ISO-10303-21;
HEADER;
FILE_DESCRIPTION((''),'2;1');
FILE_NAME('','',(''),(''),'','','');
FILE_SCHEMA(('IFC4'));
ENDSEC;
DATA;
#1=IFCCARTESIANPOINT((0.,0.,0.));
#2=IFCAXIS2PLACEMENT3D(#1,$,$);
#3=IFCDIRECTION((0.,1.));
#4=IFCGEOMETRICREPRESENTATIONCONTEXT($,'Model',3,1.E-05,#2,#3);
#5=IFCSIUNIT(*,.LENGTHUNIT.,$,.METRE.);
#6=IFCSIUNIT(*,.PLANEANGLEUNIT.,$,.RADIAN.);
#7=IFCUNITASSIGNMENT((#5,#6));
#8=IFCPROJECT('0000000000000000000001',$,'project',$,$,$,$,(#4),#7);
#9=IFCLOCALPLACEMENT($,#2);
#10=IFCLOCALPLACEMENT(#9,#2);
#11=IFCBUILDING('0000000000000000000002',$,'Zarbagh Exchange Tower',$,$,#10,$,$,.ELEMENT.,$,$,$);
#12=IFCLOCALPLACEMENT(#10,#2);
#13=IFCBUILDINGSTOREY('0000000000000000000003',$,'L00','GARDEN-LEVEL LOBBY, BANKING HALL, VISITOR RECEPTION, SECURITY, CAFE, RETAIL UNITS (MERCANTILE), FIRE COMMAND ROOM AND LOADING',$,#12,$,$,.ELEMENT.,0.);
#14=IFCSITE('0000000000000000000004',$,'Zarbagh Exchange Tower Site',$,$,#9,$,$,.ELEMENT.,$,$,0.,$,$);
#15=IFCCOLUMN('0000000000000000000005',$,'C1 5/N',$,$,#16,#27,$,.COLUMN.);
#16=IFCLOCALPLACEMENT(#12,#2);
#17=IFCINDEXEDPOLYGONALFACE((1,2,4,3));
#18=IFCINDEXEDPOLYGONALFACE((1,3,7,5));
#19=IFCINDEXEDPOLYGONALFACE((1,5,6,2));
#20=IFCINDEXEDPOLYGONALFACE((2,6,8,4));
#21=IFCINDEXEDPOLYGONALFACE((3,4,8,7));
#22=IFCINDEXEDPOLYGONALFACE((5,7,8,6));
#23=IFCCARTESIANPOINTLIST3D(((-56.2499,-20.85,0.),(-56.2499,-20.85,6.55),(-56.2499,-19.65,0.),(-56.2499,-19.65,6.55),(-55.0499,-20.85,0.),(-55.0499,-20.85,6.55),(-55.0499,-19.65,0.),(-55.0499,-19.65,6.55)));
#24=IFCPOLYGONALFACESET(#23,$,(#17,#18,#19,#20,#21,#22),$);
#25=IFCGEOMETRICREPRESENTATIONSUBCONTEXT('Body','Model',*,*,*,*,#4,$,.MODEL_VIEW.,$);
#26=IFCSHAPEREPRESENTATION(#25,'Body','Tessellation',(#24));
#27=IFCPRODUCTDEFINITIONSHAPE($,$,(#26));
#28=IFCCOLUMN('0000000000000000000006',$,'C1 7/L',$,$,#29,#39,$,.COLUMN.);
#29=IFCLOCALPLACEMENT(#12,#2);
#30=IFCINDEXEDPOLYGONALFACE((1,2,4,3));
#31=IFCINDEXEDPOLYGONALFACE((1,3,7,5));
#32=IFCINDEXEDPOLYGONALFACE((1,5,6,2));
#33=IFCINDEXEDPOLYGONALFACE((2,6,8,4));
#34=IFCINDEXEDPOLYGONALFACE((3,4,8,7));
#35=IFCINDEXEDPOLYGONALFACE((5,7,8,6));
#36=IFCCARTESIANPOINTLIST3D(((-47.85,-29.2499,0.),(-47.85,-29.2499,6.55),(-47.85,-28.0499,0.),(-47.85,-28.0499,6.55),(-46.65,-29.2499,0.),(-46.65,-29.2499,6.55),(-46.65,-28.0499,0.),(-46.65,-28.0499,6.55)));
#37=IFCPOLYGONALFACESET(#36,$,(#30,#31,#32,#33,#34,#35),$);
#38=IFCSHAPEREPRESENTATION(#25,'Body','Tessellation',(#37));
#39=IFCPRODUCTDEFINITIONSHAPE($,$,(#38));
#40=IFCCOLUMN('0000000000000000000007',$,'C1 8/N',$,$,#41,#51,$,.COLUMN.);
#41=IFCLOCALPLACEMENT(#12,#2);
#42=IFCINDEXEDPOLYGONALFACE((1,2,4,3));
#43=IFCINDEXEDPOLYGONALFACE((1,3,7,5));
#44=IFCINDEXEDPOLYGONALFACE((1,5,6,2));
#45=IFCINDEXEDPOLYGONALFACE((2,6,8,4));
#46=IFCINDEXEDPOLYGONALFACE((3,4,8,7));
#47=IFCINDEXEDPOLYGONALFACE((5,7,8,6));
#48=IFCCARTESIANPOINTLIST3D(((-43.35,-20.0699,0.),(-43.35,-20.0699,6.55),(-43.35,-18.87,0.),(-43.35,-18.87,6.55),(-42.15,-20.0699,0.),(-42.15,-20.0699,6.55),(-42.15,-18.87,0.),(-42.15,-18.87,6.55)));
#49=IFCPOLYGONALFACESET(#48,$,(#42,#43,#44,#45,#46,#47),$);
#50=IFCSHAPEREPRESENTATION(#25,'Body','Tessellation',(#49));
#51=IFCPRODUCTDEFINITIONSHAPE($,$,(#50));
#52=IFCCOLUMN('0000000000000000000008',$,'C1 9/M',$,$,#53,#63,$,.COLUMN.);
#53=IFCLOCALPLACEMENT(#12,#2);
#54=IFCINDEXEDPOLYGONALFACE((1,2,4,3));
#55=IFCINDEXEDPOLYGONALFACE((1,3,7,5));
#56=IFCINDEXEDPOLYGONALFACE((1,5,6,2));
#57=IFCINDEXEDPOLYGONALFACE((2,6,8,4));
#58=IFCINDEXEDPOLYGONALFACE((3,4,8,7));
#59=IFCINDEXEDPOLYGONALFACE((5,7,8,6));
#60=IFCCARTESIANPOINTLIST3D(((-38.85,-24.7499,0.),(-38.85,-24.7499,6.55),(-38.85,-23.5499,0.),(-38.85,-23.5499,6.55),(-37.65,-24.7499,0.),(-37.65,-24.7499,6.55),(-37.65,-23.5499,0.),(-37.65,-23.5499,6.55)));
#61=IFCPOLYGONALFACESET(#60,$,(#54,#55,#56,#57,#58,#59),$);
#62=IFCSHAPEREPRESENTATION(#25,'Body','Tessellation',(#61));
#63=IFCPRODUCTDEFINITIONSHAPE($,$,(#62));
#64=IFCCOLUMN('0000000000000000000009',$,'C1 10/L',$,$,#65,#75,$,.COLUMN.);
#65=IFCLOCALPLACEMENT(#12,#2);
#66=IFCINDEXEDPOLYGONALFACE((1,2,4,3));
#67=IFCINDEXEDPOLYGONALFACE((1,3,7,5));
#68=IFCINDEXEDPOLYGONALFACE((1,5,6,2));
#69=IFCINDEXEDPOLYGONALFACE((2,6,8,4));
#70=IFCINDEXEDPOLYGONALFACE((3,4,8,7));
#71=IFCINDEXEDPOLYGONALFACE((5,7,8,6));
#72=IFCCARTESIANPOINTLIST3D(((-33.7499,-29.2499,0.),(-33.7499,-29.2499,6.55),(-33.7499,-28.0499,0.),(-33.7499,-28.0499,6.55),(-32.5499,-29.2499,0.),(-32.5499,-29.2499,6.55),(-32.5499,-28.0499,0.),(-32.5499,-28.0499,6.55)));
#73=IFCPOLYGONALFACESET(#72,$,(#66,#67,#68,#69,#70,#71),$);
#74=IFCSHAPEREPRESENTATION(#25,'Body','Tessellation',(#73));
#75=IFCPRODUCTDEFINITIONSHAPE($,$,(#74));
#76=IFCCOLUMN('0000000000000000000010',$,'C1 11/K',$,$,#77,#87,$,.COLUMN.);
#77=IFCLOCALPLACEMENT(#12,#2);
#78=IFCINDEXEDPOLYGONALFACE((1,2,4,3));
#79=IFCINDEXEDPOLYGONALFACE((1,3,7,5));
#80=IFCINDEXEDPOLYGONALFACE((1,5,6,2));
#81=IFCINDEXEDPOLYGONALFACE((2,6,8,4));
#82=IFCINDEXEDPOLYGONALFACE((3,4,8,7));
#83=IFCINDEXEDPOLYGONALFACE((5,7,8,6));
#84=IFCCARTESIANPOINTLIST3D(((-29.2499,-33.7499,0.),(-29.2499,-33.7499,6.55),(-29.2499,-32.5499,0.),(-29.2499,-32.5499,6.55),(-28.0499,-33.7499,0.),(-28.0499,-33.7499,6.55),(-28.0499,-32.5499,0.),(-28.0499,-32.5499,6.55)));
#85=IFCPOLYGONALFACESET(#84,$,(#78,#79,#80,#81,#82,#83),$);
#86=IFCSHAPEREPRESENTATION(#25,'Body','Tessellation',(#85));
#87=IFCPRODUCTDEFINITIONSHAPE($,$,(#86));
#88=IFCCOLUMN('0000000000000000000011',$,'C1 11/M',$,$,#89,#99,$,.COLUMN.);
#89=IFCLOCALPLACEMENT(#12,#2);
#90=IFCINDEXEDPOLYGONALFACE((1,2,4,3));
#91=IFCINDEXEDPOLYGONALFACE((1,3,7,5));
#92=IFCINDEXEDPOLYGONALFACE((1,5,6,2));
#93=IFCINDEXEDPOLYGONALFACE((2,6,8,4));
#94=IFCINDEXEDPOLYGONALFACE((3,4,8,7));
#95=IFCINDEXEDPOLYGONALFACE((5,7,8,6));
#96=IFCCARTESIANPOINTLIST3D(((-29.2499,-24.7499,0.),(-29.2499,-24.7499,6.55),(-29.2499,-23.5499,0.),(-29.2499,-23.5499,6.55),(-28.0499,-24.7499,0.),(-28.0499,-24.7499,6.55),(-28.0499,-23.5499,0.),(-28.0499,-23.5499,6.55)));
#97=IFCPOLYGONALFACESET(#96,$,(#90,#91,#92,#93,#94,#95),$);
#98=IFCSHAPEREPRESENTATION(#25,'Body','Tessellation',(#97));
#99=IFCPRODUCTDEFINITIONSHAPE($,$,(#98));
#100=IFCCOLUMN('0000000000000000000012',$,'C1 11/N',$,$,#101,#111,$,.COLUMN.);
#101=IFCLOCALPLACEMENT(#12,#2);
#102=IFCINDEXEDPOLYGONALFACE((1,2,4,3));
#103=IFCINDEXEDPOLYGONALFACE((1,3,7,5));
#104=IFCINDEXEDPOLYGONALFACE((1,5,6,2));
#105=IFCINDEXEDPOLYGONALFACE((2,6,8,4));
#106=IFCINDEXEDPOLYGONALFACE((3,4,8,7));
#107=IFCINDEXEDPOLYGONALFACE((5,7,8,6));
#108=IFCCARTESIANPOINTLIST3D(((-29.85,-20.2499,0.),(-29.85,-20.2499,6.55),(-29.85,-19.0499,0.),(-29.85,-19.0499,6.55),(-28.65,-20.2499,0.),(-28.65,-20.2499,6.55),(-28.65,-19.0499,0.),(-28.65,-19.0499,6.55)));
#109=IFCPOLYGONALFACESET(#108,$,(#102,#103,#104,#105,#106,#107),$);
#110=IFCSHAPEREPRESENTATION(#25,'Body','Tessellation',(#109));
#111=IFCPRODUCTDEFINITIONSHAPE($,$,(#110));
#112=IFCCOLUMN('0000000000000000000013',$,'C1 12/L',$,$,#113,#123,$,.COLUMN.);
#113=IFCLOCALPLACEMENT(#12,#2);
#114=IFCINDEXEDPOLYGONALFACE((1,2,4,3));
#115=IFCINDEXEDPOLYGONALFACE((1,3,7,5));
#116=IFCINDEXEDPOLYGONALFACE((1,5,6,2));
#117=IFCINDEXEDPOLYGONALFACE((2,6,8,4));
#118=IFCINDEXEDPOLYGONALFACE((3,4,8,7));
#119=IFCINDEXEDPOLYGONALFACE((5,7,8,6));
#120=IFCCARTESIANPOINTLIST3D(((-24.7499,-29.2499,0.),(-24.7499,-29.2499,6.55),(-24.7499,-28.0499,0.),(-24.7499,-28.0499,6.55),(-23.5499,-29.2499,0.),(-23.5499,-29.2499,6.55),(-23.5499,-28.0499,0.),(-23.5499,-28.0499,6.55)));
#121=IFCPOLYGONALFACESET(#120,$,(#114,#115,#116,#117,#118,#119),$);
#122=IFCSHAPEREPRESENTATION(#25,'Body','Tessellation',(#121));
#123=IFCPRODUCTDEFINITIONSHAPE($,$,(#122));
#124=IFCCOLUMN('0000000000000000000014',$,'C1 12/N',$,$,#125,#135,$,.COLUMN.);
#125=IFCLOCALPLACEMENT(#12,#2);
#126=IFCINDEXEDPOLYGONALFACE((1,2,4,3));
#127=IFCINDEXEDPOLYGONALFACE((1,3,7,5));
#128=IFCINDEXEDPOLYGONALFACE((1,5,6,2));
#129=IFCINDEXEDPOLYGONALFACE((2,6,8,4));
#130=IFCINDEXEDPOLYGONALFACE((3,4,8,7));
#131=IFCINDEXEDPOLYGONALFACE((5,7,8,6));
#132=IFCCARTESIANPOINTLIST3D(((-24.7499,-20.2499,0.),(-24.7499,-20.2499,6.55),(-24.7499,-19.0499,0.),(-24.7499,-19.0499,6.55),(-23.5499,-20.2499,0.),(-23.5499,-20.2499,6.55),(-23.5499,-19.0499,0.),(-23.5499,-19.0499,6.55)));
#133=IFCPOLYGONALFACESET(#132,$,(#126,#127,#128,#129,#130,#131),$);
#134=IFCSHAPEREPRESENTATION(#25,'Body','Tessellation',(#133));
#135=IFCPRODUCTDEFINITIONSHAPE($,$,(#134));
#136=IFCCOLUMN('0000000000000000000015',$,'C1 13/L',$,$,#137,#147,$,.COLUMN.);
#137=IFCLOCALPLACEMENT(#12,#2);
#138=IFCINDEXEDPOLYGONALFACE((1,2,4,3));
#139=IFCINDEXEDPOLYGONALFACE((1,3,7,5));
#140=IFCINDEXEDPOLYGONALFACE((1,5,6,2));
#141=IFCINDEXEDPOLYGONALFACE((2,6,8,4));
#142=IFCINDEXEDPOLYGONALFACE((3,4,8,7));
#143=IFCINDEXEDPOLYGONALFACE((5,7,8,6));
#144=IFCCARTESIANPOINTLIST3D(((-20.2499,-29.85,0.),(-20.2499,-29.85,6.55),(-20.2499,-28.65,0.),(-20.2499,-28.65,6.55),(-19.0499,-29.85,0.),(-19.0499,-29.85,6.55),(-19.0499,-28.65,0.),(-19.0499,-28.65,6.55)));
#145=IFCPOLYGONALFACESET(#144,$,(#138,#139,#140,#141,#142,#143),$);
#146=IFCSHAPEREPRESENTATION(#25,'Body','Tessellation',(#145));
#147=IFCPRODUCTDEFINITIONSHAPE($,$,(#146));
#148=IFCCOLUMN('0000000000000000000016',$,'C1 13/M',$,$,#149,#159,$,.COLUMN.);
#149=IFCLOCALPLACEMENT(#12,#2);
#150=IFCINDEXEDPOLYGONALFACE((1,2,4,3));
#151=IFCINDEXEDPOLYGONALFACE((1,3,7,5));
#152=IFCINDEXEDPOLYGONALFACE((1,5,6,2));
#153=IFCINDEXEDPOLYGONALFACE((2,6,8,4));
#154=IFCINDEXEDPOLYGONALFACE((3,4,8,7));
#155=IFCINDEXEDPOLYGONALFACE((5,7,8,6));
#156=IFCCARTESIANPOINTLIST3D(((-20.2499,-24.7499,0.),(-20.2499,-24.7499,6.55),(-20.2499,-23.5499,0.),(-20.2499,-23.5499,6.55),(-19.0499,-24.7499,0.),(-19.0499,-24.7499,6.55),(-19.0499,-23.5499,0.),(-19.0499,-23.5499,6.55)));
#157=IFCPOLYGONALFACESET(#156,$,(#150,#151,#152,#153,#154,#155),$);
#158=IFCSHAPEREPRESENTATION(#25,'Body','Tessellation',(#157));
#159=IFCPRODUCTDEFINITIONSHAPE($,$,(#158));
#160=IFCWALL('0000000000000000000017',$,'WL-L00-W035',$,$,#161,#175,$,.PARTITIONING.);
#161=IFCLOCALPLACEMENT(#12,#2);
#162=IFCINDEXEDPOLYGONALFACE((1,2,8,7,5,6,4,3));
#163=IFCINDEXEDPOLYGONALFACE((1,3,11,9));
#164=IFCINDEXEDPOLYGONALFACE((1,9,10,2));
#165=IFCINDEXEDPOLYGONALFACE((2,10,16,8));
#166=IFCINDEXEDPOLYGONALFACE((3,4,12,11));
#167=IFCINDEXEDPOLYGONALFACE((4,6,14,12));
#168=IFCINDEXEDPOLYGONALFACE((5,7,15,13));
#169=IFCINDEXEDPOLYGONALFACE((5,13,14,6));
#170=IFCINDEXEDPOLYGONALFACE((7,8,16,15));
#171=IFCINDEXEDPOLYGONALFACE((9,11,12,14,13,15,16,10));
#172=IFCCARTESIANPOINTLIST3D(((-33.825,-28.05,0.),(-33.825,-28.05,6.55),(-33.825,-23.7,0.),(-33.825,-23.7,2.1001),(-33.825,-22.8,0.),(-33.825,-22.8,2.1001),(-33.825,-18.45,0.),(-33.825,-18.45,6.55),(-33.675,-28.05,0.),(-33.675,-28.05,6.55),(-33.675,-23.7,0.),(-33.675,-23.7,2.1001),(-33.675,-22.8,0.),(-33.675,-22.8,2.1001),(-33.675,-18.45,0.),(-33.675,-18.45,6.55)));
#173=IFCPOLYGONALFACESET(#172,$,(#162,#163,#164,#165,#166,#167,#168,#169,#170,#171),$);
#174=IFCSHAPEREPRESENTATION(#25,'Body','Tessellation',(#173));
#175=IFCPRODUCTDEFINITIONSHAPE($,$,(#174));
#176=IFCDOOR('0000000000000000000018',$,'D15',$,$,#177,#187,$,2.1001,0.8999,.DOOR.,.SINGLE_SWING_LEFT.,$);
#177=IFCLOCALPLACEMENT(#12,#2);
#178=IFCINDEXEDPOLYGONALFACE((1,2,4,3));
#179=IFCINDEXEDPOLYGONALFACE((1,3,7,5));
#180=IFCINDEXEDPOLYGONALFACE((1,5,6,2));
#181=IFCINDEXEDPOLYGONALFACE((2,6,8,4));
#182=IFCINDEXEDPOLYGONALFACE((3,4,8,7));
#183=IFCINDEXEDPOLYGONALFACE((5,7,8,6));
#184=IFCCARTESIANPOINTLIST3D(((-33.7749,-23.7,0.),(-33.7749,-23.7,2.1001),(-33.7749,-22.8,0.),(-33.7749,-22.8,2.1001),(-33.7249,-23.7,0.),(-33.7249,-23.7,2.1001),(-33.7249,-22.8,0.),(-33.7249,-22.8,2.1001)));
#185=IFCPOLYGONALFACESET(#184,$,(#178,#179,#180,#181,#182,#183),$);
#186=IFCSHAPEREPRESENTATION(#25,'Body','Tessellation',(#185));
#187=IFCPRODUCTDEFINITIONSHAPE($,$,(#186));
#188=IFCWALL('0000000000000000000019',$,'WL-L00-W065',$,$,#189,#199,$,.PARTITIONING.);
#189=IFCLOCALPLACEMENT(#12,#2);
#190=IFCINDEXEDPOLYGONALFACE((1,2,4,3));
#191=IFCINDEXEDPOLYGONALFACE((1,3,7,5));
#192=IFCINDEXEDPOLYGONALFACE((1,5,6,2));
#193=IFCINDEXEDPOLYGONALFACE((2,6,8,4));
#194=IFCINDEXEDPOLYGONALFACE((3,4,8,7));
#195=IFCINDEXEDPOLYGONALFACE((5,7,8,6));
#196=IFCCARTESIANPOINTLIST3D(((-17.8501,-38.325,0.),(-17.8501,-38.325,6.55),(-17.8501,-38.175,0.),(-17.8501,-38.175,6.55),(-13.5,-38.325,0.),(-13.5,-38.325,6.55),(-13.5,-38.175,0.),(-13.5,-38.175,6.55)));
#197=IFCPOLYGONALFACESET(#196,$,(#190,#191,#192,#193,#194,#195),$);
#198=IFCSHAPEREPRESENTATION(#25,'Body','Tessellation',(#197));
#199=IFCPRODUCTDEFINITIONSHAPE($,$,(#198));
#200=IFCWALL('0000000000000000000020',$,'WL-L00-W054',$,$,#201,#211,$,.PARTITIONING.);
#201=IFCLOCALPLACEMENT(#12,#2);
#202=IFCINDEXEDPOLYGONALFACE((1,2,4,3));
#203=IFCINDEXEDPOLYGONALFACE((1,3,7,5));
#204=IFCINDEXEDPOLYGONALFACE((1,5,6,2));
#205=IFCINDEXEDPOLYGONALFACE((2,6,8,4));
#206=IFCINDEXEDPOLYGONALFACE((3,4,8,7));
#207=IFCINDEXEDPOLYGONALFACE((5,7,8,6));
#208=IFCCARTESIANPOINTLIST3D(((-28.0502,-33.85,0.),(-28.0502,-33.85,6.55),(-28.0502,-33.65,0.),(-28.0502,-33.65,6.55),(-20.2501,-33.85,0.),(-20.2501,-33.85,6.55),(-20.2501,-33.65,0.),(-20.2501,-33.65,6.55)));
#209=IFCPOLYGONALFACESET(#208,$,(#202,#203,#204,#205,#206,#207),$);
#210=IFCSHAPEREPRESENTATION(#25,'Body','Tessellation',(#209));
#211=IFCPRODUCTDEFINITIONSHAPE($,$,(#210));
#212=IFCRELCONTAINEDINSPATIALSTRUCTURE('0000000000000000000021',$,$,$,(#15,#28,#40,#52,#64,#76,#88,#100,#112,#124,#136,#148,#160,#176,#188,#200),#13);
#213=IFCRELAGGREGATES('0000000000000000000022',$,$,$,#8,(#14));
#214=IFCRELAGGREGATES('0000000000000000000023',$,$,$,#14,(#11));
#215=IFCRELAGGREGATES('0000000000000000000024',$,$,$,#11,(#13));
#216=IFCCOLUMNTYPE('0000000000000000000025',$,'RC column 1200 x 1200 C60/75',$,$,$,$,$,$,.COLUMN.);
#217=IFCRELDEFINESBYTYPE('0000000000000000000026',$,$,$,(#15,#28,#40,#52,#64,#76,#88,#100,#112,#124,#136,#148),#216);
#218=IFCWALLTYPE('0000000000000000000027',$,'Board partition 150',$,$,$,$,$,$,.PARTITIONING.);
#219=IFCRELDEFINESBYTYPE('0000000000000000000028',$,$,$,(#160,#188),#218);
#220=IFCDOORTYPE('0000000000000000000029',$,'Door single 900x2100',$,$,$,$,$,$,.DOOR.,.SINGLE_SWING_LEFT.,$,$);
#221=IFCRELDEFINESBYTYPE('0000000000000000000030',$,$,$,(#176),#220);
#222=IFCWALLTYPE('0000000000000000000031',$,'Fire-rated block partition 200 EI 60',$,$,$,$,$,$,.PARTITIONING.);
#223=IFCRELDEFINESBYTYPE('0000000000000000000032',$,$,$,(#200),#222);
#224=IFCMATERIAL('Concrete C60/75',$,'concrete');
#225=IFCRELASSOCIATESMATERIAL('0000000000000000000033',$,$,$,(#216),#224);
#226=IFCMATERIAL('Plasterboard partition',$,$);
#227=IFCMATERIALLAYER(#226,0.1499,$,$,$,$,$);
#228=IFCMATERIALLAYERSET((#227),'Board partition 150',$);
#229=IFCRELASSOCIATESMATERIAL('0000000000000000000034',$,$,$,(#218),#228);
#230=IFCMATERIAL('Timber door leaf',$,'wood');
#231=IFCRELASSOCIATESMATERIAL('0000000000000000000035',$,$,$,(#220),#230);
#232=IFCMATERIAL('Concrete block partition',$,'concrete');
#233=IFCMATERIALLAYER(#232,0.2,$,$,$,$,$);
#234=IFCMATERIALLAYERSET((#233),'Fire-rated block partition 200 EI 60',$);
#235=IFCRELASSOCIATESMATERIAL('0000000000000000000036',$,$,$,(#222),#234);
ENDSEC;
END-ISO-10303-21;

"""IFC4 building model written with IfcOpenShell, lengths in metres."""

from ifc_helpers import new_model, si_unit, direction, frame, frame_2d, origin, origin_2d, place, context, subcontext, project, spatial, rectangle, extrude, material, layer, layer_set, material_profile, profile_set, type_object, element, fill, save


model = new_model("IFC4")

# Units and contexts
model_context = context("Model", 3, precision=1e-05, world=origin(), true_north=direction((0.0, 1.0)))
body_context = subcontext(model_context, "Body", "Model", "MODEL_VIEW")
ifc_project = project(units=[si_unit("LENGTHUNIT", "METRE"), si_unit("PLANEANGLEUNIT", "RADIAN")], contexts=[model_context])

# Site, building, storey
site_placement = place(None, origin())
site = spatial("IfcSite", under=ifc_project, at=site_placement, Name="Zarbagh Exchange Tower Site", CompositionType="ELEMENT", RefElevation=0.0)
building_placement = place(site_placement, origin())
building = spatial("IfcBuilding", under=site, at=building_placement, Name="Zarbagh Exchange Tower", CompositionType="ELEMENT")
storey_placement = place(building_placement, origin())
storey = spatial("IfcBuildingStorey", under=building, at=storey_placement, Name="L00", Description="GARDEN-LEVEL LOBBY, BANKING HALL, VISITOR RECEPTION, SECURITY, CAFE, RETAIL UNITS (MERCANTILE), FIRE COMMAND ROOM AND LOADING", CompositionType="ELEMENT", Elevation=0.0)

# Columns
ifc_material_1 = material(Name="Concrete C60/75", Category="concrete")
ifc_material_profile = material_profile(ifc_material_1, rectangle(XDim=1.2, YDim=1.2, at=origin_2d()), Name="RC column 1200 x 1200 C60/75")
ifc_profile_set = profile_set([ifc_material_profile], Name="Concrete C60/75")
column_type = type_object("IfcColumnType", Name="RC column 1200 x 1200 C60/75", PredefinedType="COLUMN", material=ifc_profile_set)
for number, where, z_axis, x_axis, name in (
    (1, (-55.6499, -20.25, 0.0), (0.0, 0.0, 1.0), (1.0, 0.0, 0.0), "C1 5/N"),
    (2, (-47.25, -28.6499, 0.0), (0.0, 0.0, 1.0), (1.0, 0.0, 0.0), "C1 7/L"),
    (3, (-42.75, -19.47, 0.0), (0.0, 0.0, 1.0), (1.0, 0.0, 0.0), "C1 8/N"),
    (4, (-38.25, -24.1499, 0.0), (0.0, 0.0, 1.0), (1.0, 0.0, 0.0), "C1 9/M"),
    (5, (-33.1499, -28.6499, 0.0), (0.0, 0.0, 1.0), (1.0, 0.0, 0.0), "C1 10/L"),
    (6, (-28.6499, -33.1499, 0.0), (0.0, 0.0, 1.0), (1.0, 0.0, 0.0), "C1 11/K"),
    (7, (-28.6499, -24.1499, 0.0), (0.0, 0.0, 1.0), (1.0, 0.0, 0.0), "C1 11/M"),
    (8, (-29.25, -19.6499, 0.0), (0.0, 0.0, 1.0), (1.0, 0.0, 0.0), "C1 11/N"),
    (9, (-24.1499, -28.6499, 0.0), (0.0, 0.0, 1.0), (1.0, 0.0, 0.0), "C1 12/L"),
    (10, (-24.1499, -19.6499, 0.0), (0.0, 0.0, 1.0), (1.0, 0.0, 0.0), "C1 12/N"),
    (11, (-19.6499, -29.25, 0.0), (0.0, 0.0, 1.0), (1.0, 0.0, 0.0), "C1 13/L"),
    (12, (-19.6499, -24.1499, 0.0), (0.0, 0.0, 1.0), (1.0, 0.0, 0.0), "C1 13/M"),
):
    element("IfcColumn", number, at=place(storey_placement, frame(where, z_axis=z_axis, x_axis=x_axis)), inside=storey, type_object=column_type, Name=name, PredefinedType="COLUMN", context=body_context, shape_type="SweptSolid", body=[
        extrude(rectangle(XDim=1.2, YDim=1.2, at=origin_2d()), origin(), (0.0, 0.0, 1.0), 6.55),
    ])

# Wall, opening, door
ifc_material_2 = material(Name="Plasterboard partition")
ifc_layer_1 = layer(ifc_material_2, 0.1499)
ifc_layer_set_1 = layer_set([ifc_layer_1], Name="Board partition 150")
wall_type_1 = type_object("IfcWallType", Name="Board partition 150", PredefinedType="PARTITIONING", material=ifc_layer_set_1)
wall_1_placement = place(storey_placement, frame((-33.75, -28.05, 0.0), z_axis=(0.0, 0.0, 1.0), x_axis=(0.0, 1.0, 0.0)))
wall_1 = element("IfcWall", 13, at=wall_1_placement, inside=storey, type_object=wall_type_1, Name="WL-L00-W035", PredefinedType="PARTITIONING", context=body_context, shape_type="SweptSolid", body=[
    extrude(rectangle(XDim=9.6001, YDim=0.1499, at=frame_2d((4.8, 0.0))), origin(), (0.0, 0.0, 1.0), 6.55),
])
opening_1_placement = place(wall_1_placement, frame((4.3501, 0.0, 0.0)))
opening_1 = element("IfcOpeningElement", 14, at=opening_1_placement, cuts=wall_1, PredefinedType="OPENING", context=body_context, shape_type="SweptSolid", body=[
    extrude(rectangle(XDim=0.8999, YDim=2.1001, at=frame_2d((0.45, 1.05))), frame((0.0, 0.085, 0.0), z_axis=(0.0, -1.0, 0.0), x_axis=(1.0, 0.0, 0.0)), (0.0, 0.0, 1.0), 0.1699),
])
ifc_material_3 = material(Name="Timber door leaf", Category="wood")
door_type_1 = type_object("IfcDoorType", Name="Door single 900x2100", OperationType="SINGLE_SWING_LEFT", PredefinedType="DOOR", material=ifc_material_3)
door_1_placement = place(opening_1_placement, origin())
door_1 = element("IfcDoor", 15, at=door_1_placement, inside=storey, type_object=door_type_1, Name="D15", OperationType="SINGLE_SWING_LEFT", OverallHeight=2.1001, OverallWidth=0.8999, PredefinedType="DOOR", context=body_context, shape_type="SweptSolid", body=[
    extrude(rectangle(XDim=0.8999, YDim=2.1001, at=frame_2d((0.45, 1.05))), frame((0.0, 0.0249, 0.0), z_axis=(0.0, -1.0, 0.0), x_axis=(1.0, 0.0, 0.0)), (0.0, 0.0, 1.0), 0.05),
])
fill(opening_1, door_1)

# Walls
wall_2_placement = place(storey_placement, frame((-17.8501, -38.25, 0.0), z_axis=(0.0, 0.0, 1.0), x_axis=(1.0, 0.0, 0.0)))
element("IfcWall", 16, at=wall_2_placement, inside=storey, type_object=wall_type_1, Name="WL-L00-W065", PredefinedType="PARTITIONING", context=body_context, shape_type="SweptSolid", body=[
    extrude(rectangle(XDim=4.3501, YDim=0.1499, at=frame_2d((2.175, 0.0))), origin(), (0.0, 0.0, 1.0), 6.55),
])
ifc_material_4 = material(Name="Concrete block partition", Category="concrete")
ifc_layer_2 = layer(ifc_material_4, 0.2)
ifc_layer_set_2 = layer_set([ifc_layer_2], Name="Fire-rated block partition 200 EI 60")
wall_type_2 = type_object("IfcWallType", Name="Fire-rated block partition 200 EI 60", PredefinedType="PARTITIONING", material=ifc_layer_set_2)
wall_3_placement = place(storey_placement, frame((-28.05, -33.75, 0.0), z_axis=(0.0, 0.0, 1.0), x_axis=(1.0, 0.0, 0.0)))
element("IfcWall", 17, at=wall_3_placement, inside=storey, type_object=wall_type_2, Name="WL-L00-W054", PredefinedType="PARTITIONING", context=body_context, shape_type="SweptSolid", body=[
    extrude(rectangle(XDim=7.8, YDim=0.2, at=frame_2d((3.8999, 0.0))), origin(), (0.0, 0.0, 1.0), 6.55),
])

save(model, "model.ifc")
